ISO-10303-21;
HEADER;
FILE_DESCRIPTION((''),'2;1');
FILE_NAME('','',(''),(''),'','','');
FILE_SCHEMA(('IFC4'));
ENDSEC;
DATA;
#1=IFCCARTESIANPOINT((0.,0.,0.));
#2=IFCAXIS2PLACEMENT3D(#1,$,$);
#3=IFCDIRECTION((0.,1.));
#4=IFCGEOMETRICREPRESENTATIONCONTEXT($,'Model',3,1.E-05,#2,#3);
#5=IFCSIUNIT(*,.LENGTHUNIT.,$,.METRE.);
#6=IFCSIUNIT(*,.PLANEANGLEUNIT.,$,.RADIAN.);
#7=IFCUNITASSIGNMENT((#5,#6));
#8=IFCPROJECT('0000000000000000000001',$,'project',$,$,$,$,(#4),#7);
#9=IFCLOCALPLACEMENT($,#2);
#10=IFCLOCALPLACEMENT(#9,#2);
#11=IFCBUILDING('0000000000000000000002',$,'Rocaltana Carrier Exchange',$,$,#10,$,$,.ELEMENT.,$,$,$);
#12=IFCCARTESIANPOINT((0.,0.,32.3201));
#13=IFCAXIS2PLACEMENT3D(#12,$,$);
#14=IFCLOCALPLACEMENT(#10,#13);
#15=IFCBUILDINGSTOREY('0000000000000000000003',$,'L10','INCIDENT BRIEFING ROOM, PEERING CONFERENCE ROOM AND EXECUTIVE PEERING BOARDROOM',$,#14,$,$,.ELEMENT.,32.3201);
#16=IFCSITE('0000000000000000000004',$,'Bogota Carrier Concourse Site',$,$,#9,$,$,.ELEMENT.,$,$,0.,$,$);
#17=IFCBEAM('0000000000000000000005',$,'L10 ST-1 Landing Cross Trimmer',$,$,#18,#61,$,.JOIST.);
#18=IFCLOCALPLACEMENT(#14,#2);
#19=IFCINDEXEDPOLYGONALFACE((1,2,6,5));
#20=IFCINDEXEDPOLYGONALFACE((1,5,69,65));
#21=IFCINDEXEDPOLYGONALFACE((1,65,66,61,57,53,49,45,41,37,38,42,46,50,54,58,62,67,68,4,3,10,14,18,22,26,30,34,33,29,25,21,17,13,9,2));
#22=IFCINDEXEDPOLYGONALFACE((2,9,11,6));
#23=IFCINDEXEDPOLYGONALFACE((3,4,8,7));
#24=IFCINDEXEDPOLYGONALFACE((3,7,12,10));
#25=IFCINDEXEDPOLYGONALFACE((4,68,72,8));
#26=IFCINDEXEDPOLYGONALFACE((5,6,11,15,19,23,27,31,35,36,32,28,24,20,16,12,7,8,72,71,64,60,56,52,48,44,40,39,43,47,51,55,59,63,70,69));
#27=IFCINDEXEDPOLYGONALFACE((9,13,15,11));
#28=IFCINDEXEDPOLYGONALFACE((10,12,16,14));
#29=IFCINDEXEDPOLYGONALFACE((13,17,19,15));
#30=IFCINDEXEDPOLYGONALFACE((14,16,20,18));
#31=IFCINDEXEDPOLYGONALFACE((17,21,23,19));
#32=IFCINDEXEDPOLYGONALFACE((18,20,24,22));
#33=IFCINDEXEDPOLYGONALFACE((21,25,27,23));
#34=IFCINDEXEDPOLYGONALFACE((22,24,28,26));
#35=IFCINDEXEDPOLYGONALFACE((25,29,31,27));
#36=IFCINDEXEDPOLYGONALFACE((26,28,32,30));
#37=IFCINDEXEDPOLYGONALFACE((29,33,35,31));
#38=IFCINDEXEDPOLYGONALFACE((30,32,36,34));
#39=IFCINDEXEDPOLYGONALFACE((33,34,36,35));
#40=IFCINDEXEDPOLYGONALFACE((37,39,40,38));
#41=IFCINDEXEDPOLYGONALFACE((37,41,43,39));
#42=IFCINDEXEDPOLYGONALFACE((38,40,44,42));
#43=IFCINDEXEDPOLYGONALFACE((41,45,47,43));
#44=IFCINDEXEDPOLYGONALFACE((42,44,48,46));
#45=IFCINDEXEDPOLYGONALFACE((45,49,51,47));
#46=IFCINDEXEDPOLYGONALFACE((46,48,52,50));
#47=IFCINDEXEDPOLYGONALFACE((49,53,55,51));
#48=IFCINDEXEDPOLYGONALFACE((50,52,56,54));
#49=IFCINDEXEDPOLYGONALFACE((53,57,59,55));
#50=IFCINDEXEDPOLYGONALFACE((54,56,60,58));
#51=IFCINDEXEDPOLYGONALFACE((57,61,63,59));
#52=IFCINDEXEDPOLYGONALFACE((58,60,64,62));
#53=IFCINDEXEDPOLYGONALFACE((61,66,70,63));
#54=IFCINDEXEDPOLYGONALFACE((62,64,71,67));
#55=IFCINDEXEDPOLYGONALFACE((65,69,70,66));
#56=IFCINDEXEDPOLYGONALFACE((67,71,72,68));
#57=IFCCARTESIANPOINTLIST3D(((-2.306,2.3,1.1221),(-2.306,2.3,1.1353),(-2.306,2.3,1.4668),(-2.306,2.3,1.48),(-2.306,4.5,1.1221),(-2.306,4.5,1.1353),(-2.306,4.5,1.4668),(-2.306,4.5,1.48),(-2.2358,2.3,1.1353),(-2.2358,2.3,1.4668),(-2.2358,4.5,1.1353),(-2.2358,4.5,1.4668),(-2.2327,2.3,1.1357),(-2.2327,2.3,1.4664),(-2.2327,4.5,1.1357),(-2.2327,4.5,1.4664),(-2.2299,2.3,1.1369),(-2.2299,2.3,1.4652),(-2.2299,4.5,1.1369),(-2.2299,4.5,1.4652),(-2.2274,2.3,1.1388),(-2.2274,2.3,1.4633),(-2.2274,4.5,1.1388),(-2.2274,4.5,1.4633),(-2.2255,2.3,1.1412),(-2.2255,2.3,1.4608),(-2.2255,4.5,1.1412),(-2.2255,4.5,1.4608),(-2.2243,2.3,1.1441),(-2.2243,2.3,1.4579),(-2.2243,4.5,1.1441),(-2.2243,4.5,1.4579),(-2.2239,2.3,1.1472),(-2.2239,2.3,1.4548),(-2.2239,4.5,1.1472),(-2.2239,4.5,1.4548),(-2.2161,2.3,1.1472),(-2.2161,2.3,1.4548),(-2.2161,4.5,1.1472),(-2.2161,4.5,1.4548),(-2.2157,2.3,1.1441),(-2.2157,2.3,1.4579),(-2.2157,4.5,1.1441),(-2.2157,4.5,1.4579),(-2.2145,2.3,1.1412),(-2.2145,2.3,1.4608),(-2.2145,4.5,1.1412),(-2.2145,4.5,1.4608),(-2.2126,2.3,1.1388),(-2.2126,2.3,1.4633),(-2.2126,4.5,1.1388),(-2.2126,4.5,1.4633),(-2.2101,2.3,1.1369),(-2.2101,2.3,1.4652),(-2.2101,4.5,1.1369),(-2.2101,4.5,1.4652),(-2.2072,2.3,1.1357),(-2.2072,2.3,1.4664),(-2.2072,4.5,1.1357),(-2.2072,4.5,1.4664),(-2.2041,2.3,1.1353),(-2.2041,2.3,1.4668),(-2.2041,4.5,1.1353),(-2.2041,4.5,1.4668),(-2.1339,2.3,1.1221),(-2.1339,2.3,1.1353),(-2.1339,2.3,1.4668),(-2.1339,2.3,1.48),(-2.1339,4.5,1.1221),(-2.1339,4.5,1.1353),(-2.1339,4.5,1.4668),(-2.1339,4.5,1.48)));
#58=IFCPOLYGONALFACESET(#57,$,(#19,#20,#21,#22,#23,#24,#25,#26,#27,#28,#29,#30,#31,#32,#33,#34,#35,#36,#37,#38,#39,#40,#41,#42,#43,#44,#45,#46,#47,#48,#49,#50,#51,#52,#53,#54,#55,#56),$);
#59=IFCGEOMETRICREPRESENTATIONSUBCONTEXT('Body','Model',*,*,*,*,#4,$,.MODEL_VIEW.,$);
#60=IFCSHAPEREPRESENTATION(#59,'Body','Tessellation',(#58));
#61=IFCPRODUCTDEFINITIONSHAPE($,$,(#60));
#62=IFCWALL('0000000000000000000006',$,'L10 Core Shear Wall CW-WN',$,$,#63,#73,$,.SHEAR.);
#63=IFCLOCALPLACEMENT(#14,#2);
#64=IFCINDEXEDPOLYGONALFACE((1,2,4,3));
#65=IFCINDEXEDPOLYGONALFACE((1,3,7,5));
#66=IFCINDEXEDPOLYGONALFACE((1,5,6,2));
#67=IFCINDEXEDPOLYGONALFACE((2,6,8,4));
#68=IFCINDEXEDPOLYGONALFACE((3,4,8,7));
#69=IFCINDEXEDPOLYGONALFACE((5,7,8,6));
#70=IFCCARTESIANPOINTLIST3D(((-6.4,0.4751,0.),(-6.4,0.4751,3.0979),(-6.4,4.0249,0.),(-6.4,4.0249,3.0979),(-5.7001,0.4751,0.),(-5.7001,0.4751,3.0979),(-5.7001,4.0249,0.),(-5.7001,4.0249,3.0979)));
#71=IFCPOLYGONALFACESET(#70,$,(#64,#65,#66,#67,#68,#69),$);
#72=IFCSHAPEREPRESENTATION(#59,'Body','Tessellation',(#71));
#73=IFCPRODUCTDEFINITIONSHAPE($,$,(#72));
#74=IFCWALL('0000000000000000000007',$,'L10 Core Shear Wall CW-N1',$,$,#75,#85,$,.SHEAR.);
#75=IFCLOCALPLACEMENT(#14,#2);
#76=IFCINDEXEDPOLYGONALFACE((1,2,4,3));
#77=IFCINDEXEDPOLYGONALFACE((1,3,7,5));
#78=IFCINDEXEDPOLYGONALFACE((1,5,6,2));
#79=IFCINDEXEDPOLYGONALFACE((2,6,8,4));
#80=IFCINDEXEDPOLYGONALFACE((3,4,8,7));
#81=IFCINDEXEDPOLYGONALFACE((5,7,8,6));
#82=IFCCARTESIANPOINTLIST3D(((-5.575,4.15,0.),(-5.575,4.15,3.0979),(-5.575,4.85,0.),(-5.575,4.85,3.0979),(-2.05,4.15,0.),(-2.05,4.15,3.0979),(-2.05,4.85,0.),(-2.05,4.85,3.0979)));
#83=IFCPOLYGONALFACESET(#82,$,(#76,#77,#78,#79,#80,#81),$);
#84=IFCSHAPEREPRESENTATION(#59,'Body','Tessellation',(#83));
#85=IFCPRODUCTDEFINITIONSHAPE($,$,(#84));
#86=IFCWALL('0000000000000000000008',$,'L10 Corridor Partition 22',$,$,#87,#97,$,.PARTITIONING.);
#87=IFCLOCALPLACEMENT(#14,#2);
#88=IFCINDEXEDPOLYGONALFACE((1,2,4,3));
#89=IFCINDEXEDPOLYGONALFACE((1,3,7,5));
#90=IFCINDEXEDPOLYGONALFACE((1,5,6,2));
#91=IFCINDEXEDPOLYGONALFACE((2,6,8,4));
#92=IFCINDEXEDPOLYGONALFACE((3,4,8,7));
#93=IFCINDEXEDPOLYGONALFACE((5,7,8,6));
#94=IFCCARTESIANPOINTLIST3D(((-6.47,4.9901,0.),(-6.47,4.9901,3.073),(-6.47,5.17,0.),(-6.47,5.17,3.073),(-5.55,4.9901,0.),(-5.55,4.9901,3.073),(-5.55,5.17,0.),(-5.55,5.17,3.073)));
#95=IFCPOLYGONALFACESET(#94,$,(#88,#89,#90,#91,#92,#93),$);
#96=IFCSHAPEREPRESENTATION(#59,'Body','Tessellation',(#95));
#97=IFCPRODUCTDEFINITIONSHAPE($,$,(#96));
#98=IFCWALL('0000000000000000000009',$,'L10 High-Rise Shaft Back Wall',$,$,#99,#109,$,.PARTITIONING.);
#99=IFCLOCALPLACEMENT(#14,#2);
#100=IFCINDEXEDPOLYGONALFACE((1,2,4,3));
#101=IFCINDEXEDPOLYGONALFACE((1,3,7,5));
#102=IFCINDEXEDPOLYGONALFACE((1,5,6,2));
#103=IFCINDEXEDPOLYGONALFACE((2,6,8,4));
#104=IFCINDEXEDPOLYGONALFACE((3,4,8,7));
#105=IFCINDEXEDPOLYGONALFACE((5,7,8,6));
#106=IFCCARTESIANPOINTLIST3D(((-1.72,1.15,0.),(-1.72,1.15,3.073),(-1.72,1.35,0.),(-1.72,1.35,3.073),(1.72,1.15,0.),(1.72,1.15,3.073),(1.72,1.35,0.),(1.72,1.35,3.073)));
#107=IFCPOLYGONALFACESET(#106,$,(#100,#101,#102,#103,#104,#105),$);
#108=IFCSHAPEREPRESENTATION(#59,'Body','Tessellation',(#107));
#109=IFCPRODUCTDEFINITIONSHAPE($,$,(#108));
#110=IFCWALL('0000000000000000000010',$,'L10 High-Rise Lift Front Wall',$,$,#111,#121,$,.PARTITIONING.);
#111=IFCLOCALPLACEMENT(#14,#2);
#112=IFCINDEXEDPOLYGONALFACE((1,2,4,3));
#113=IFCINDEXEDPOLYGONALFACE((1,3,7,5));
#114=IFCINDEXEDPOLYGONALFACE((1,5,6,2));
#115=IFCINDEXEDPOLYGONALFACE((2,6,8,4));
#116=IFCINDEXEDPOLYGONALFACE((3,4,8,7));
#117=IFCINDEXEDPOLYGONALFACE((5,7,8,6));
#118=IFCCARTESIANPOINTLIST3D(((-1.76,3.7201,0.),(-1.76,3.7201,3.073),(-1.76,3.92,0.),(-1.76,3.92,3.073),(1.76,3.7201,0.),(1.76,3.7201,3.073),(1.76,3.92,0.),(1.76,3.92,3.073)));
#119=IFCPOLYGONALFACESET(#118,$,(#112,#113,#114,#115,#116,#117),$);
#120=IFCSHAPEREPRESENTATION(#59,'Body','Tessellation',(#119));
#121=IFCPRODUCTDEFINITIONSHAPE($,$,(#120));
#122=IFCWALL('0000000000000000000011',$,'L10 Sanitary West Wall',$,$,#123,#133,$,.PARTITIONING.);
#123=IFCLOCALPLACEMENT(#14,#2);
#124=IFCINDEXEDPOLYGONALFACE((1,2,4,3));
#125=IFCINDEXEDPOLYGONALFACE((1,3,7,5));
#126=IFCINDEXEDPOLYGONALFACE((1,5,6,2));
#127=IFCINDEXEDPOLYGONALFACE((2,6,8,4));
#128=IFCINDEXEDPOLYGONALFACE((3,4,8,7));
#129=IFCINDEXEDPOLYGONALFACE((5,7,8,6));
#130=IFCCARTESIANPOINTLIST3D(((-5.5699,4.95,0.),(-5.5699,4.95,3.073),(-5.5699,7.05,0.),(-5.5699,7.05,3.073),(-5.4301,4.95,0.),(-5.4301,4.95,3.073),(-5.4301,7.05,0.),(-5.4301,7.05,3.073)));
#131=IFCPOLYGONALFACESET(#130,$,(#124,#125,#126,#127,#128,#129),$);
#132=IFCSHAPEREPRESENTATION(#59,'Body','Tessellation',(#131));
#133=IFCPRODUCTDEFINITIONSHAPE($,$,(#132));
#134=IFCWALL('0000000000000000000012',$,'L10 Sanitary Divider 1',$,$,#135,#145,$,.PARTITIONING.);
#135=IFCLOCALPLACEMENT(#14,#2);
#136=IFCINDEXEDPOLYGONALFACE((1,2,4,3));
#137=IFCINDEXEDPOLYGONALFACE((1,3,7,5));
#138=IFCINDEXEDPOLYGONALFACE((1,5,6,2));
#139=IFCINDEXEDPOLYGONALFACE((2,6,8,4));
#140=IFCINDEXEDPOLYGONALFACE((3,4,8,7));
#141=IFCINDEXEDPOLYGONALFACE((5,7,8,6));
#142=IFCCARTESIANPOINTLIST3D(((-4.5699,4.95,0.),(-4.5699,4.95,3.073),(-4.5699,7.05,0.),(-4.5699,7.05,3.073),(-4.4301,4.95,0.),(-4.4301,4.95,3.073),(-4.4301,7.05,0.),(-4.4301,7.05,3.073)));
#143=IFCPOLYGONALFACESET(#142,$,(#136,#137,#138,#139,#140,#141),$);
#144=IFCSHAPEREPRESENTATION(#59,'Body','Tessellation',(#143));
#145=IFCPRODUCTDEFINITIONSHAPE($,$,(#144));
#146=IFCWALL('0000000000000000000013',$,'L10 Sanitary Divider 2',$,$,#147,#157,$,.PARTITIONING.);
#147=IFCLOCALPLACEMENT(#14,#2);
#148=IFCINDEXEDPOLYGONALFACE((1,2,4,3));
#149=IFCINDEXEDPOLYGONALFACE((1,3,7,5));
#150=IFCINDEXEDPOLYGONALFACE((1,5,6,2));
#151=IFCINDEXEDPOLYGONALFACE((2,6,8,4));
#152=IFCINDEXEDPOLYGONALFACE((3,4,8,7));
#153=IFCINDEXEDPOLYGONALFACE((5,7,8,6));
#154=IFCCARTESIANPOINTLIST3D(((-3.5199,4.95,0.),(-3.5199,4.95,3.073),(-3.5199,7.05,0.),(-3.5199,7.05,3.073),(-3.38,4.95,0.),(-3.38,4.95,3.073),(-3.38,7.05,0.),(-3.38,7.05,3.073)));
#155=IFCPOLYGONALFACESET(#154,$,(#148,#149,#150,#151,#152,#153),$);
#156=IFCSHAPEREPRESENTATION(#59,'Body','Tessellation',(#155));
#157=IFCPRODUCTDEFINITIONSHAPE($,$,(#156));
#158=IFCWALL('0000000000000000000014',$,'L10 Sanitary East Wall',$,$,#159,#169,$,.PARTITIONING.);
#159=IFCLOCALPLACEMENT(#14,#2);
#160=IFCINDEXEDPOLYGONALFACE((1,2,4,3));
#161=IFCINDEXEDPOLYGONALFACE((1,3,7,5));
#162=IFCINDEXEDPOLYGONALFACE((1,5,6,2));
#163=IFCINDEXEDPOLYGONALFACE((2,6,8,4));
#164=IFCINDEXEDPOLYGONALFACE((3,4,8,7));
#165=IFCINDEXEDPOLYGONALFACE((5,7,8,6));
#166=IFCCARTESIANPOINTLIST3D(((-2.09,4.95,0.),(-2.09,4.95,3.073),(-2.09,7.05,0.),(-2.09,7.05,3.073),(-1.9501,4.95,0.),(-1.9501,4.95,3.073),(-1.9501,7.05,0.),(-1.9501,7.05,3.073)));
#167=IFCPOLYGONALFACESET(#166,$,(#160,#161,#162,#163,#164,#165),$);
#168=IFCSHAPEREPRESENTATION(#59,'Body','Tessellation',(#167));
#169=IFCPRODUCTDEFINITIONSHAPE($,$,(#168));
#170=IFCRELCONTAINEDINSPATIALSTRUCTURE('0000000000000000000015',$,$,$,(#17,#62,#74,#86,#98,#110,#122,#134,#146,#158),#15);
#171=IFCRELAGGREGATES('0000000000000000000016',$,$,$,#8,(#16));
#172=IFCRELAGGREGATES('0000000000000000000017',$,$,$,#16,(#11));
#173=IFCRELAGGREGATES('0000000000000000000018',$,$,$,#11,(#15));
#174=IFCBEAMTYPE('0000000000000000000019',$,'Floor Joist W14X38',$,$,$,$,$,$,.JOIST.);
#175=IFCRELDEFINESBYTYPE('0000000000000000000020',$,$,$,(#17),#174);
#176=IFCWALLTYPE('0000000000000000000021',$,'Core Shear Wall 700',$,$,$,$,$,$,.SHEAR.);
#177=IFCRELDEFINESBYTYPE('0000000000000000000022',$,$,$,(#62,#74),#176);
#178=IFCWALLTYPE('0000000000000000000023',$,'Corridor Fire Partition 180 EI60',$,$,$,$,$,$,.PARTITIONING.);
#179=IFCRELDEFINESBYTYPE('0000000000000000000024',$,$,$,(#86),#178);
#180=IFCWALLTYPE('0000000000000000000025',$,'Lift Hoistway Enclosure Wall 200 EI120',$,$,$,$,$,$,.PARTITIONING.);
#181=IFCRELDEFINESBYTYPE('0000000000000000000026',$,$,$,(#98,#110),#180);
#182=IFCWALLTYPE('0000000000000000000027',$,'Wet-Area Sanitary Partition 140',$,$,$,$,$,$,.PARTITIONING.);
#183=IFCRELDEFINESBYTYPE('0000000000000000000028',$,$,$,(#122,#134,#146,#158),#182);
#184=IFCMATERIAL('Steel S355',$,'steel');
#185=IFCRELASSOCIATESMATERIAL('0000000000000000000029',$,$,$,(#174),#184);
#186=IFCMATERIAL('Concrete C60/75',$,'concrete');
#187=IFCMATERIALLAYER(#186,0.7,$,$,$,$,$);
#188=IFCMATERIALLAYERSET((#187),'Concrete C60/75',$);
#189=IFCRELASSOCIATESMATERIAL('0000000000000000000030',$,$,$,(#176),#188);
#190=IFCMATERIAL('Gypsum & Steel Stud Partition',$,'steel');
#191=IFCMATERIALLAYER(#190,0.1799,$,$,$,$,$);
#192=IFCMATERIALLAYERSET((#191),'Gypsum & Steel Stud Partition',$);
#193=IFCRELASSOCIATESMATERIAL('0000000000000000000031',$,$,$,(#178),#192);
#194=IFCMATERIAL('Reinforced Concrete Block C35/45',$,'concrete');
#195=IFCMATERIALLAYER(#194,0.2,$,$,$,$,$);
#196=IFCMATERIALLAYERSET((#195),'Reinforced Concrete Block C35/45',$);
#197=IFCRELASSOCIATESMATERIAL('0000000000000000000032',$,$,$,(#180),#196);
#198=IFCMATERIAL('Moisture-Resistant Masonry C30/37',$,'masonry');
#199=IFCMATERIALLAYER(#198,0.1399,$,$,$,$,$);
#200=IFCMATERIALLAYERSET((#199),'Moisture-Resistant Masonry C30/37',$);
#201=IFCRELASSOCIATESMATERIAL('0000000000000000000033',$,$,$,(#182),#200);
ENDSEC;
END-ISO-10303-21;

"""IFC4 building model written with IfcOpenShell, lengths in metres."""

from ifc_helpers import new_model, si_unit, direction, frame, frame_2d, origin, origin_2d, place, context, subcontext, project, spatial, rectangle, i_section, extrude, material, layer, layer_set, material_profile, profile_set, type_object, element, save


model = new_model("IFC4")

# Units and contexts
model_context = context("Model", 3, precision=1e-05, world=origin(), true_north=direction((0.0, 1.0)))
body_context = subcontext(model_context, "Body", "Model", "MODEL_VIEW")
ifc_project = project(units=[si_unit("LENGTHUNIT", "METRE"), si_unit("PLANEANGLEUNIT", "RADIAN")], contexts=[model_context])

# Site, building, storey
site_placement = place(None, origin())
site = spatial("IfcSite", under=ifc_project, at=site_placement, Name="Bogota Carrier Concourse Site", CompositionType="ELEMENT", RefElevation=0.0)
building_placement = place(site_placement, origin())
building = spatial("IfcBuilding", under=site, at=building_placement, Name="Rocaltana Carrier Exchange", CompositionType="ELEMENT")
storey_placement = place(building_placement, frame((0.0, 0.0, 32.3201)))
storey = spatial("IfcBuildingStorey", under=building, at=storey_placement, Name="L10", Description="INCIDENT BRIEFING ROOM, PEERING CONFERENCE ROOM AND EXECUTIVE PEERING BOARDROOM", CompositionType="ELEMENT", Elevation=32.3201)

# Beam
ifc_material_1 = material(Name="Steel S355", Category="steel")
ifc_material_profile_1 = material_profile(ifc_material_1, i_section(OverallWidth=0.1721, OverallDepth=0.3579, WebThickness=0.0078, FlangeThickness=0.0132, FilletRadius=0.012, at=origin_2d()), Name="W14X38")
ifc_profile_set_1 = profile_set([ifc_material_profile_1], Name="Steel S355")
beam_type_1 = type_object("IfcBeamType", Name="Floor Joist W14X38", PredefinedType="JOIST", material=ifc_profile_set_1)
beam_1_placement = place(storey_placement, frame((-2.22, 2.3, 1.301), z_axis=(0.0, 1.0, 0.0), x_axis=(-1.0, 0.0, 0.0)))
element("IfcBeam", 1, at=beam_1_placement, inside=storey, type_object=beam_type_1, Name="L10 ST-1 Landing Cross Trimmer", PredefinedType="JOIST", context=body_context, shape_type="SweptSolid", body=[
    extrude(i_section(OverallWidth=0.1721, OverallDepth=0.3579, WebThickness=0.0078, FlangeThickness=0.0132, FilletRadius=0.012, at=origin_2d()), origin(), (0.0, 0.0, 1.0), 2.2),
])

# Walls
ifc_material_2 = material(Name="Concrete C60/75", Category="concrete")
ifc_layer_1 = layer(ifc_material_2, 0.7)
ifc_layer_set_1 = layer_set([ifc_layer_1], Name="Concrete C60/75")
wall_type_1 = type_object("IfcWallType", Name="Core Shear Wall 700", PredefinedType="SHEAR", material=ifc_layer_set_1)
wall_1_placement = place(storey_placement, frame((-6.05, 0.4751, 0.0), z_axis=(0.0, 0.0, 1.0), x_axis=(0.0, 1.0, 0.0)))
element("IfcWall", 2, at=wall_1_placement, inside=storey, type_object=wall_type_1, Name="L10 Core Shear Wall CW-WN", PredefinedType="SHEAR", context=body_context, shape_type="SweptSolid", body=[
    extrude(rectangle(XDim=3.5498, YDim=0.7, at=frame_2d((1.7749, 0.0))), origin(), (0.0, 0.0, 1.0), 3.0979),
])
wall_2_placement = place(storey_placement, frame((-5.575, 4.5, 0.0), z_axis=(0.0, 0.0, 1.0), x_axis=(1.0, 0.0, 0.0)))
element("IfcWall", 3, at=wall_2_placement, inside=storey, type_object=wall_type_1, Name="L10 Core Shear Wall CW-N1", PredefinedType="SHEAR", context=body_context, shape_type="SweptSolid", body=[
    extrude(rectangle(XDim=3.5249, YDim=0.7, at=frame_2d((1.7625, 0.0))), origin(), (0.0, 0.0, 1.0), 3.0979),
])
ifc_material_3 = material(Name="Gypsum & Steel Stud Partition", Category="steel")
ifc_layer_2 = layer(ifc_material_3, 0.1799)
ifc_layer_set_2 = layer_set([ifc_layer_2], Name="Gypsum & Steel Stud Partition")
wall_type_2 = type_object("IfcWallType", Name="Corridor Fire Partition 180 EI60", PredefinedType="PARTITIONING", material=ifc_layer_set_2)
wall_3_placement = place(storey_placement, frame((-5.55, 5.0801, 0.0), z_axis=(0.0, 0.0, 1.0), x_axis=(-1.0, 0.0, 0.0)))
element("IfcWall", 4, at=wall_3_placement, inside=storey, type_object=wall_type_2, Name="L10 Corridor Partition 22", PredefinedType="PARTITIONING", context=body_context, shape_type="SweptSolid", body=[
    extrude(rectangle(XDim=0.9199, YDim=0.1799, at=frame_2d((0.46, 0.0))), origin(), (0.0, 0.0, 1.0), 3.073),
])
ifc_material_4 = material(Name="Reinforced Concrete Block C35/45", Category="concrete")
ifc_layer_3 = layer(ifc_material_4, 0.2)
ifc_layer_set_3 = layer_set([ifc_layer_3], Name="Reinforced Concrete Block C35/45")
wall_type_3 = type_object("IfcWallType", Name="Lift Hoistway Enclosure Wall 200 EI120", PredefinedType="PARTITIONING", material=ifc_layer_set_3)
wall_4_placement = place(storey_placement, frame((-1.72, 1.25, 0.0), z_axis=(0.0, 0.0, 1.0), x_axis=(1.0, 0.0, 0.0)))
element("IfcWall", 5, at=wall_4_placement, inside=storey, type_object=wall_type_3, Name="L10 High-Rise Shaft Back Wall", PredefinedType="PARTITIONING", context=body_context, shape_type="SweptSolid", body=[
    extrude(rectangle(XDim=3.4399, YDim=0.2, at=frame_2d((1.72, 0.0))), origin(), (0.0, 0.0, 1.0), 3.073),
])
wall_5_placement = place(storey_placement, frame((-1.76, 3.8201, 0.0), z_axis=(0.0, 0.0, 1.0), x_axis=(1.0, 0.0, 0.0)))
element("IfcWall", 6, at=wall_5_placement, inside=storey, type_object=wall_type_3, Name="L10 High-Rise Lift Front Wall", PredefinedType="PARTITIONING", context=body_context, shape_type="SweptSolid", body=[
    extrude(rectangle(XDim=3.52, YDim=0.2, at=frame_2d((1.76, 0.0))), origin(), (0.0, 0.0, 1.0), 3.073),
])
ifc_material_5 = material(Name="Moisture-Resistant Masonry C30/37", Category="masonry")
ifc_layer_4 = layer(ifc_material_5, 0.1399)
ifc_layer_set_4 = layer_set([ifc_layer_4], Name="Moisture-Resistant Masonry C30/37")
wall_type_4 = type_object("IfcWallType", Name="Wet-Area Sanitary Partition 140", PredefinedType="PARTITIONING", material=ifc_layer_set_4)
for number, where, z_axis, x_axis, name in (
    (7, (-5.5, 4.95, 0.0), (0.0, 0.0, 1.0), (0.0, 1.0, 0.0), "L10 Sanitary West Wall"),
    (8, (-4.5, 4.95, 0.0), (0.0, 0.0, 1.0), (0.0, 1.0, 0.0), "L10 Sanitary Divider 1"),
    (9, (-3.45, 4.95, 0.0), (0.0, 0.0, 1.0), (0.0, 1.0, 0.0), "L10 Sanitary Divider 2"),
    (10, (-2.02, 4.95, 0.0), (0.0, 0.0, 1.0), (0.0, 1.0, 0.0), "L10 Sanitary East Wall"),
):
    element("IfcWall", number, at=place(storey_placement, frame(where, z_axis=z_axis, x_axis=x_axis)), inside=storey, type_object=wall_type_4, Name=name, PredefinedType="PARTITIONING", context=body_context, shape_type="SweptSolid", body=[
        extrude(rectangle(XDim=2.1001, YDim=0.1399, at=frame_2d((1.05, 0.0))), origin(), (0.0, 0.0, 1.0), 3.073),
    ])

save(model, "model.ifc")
